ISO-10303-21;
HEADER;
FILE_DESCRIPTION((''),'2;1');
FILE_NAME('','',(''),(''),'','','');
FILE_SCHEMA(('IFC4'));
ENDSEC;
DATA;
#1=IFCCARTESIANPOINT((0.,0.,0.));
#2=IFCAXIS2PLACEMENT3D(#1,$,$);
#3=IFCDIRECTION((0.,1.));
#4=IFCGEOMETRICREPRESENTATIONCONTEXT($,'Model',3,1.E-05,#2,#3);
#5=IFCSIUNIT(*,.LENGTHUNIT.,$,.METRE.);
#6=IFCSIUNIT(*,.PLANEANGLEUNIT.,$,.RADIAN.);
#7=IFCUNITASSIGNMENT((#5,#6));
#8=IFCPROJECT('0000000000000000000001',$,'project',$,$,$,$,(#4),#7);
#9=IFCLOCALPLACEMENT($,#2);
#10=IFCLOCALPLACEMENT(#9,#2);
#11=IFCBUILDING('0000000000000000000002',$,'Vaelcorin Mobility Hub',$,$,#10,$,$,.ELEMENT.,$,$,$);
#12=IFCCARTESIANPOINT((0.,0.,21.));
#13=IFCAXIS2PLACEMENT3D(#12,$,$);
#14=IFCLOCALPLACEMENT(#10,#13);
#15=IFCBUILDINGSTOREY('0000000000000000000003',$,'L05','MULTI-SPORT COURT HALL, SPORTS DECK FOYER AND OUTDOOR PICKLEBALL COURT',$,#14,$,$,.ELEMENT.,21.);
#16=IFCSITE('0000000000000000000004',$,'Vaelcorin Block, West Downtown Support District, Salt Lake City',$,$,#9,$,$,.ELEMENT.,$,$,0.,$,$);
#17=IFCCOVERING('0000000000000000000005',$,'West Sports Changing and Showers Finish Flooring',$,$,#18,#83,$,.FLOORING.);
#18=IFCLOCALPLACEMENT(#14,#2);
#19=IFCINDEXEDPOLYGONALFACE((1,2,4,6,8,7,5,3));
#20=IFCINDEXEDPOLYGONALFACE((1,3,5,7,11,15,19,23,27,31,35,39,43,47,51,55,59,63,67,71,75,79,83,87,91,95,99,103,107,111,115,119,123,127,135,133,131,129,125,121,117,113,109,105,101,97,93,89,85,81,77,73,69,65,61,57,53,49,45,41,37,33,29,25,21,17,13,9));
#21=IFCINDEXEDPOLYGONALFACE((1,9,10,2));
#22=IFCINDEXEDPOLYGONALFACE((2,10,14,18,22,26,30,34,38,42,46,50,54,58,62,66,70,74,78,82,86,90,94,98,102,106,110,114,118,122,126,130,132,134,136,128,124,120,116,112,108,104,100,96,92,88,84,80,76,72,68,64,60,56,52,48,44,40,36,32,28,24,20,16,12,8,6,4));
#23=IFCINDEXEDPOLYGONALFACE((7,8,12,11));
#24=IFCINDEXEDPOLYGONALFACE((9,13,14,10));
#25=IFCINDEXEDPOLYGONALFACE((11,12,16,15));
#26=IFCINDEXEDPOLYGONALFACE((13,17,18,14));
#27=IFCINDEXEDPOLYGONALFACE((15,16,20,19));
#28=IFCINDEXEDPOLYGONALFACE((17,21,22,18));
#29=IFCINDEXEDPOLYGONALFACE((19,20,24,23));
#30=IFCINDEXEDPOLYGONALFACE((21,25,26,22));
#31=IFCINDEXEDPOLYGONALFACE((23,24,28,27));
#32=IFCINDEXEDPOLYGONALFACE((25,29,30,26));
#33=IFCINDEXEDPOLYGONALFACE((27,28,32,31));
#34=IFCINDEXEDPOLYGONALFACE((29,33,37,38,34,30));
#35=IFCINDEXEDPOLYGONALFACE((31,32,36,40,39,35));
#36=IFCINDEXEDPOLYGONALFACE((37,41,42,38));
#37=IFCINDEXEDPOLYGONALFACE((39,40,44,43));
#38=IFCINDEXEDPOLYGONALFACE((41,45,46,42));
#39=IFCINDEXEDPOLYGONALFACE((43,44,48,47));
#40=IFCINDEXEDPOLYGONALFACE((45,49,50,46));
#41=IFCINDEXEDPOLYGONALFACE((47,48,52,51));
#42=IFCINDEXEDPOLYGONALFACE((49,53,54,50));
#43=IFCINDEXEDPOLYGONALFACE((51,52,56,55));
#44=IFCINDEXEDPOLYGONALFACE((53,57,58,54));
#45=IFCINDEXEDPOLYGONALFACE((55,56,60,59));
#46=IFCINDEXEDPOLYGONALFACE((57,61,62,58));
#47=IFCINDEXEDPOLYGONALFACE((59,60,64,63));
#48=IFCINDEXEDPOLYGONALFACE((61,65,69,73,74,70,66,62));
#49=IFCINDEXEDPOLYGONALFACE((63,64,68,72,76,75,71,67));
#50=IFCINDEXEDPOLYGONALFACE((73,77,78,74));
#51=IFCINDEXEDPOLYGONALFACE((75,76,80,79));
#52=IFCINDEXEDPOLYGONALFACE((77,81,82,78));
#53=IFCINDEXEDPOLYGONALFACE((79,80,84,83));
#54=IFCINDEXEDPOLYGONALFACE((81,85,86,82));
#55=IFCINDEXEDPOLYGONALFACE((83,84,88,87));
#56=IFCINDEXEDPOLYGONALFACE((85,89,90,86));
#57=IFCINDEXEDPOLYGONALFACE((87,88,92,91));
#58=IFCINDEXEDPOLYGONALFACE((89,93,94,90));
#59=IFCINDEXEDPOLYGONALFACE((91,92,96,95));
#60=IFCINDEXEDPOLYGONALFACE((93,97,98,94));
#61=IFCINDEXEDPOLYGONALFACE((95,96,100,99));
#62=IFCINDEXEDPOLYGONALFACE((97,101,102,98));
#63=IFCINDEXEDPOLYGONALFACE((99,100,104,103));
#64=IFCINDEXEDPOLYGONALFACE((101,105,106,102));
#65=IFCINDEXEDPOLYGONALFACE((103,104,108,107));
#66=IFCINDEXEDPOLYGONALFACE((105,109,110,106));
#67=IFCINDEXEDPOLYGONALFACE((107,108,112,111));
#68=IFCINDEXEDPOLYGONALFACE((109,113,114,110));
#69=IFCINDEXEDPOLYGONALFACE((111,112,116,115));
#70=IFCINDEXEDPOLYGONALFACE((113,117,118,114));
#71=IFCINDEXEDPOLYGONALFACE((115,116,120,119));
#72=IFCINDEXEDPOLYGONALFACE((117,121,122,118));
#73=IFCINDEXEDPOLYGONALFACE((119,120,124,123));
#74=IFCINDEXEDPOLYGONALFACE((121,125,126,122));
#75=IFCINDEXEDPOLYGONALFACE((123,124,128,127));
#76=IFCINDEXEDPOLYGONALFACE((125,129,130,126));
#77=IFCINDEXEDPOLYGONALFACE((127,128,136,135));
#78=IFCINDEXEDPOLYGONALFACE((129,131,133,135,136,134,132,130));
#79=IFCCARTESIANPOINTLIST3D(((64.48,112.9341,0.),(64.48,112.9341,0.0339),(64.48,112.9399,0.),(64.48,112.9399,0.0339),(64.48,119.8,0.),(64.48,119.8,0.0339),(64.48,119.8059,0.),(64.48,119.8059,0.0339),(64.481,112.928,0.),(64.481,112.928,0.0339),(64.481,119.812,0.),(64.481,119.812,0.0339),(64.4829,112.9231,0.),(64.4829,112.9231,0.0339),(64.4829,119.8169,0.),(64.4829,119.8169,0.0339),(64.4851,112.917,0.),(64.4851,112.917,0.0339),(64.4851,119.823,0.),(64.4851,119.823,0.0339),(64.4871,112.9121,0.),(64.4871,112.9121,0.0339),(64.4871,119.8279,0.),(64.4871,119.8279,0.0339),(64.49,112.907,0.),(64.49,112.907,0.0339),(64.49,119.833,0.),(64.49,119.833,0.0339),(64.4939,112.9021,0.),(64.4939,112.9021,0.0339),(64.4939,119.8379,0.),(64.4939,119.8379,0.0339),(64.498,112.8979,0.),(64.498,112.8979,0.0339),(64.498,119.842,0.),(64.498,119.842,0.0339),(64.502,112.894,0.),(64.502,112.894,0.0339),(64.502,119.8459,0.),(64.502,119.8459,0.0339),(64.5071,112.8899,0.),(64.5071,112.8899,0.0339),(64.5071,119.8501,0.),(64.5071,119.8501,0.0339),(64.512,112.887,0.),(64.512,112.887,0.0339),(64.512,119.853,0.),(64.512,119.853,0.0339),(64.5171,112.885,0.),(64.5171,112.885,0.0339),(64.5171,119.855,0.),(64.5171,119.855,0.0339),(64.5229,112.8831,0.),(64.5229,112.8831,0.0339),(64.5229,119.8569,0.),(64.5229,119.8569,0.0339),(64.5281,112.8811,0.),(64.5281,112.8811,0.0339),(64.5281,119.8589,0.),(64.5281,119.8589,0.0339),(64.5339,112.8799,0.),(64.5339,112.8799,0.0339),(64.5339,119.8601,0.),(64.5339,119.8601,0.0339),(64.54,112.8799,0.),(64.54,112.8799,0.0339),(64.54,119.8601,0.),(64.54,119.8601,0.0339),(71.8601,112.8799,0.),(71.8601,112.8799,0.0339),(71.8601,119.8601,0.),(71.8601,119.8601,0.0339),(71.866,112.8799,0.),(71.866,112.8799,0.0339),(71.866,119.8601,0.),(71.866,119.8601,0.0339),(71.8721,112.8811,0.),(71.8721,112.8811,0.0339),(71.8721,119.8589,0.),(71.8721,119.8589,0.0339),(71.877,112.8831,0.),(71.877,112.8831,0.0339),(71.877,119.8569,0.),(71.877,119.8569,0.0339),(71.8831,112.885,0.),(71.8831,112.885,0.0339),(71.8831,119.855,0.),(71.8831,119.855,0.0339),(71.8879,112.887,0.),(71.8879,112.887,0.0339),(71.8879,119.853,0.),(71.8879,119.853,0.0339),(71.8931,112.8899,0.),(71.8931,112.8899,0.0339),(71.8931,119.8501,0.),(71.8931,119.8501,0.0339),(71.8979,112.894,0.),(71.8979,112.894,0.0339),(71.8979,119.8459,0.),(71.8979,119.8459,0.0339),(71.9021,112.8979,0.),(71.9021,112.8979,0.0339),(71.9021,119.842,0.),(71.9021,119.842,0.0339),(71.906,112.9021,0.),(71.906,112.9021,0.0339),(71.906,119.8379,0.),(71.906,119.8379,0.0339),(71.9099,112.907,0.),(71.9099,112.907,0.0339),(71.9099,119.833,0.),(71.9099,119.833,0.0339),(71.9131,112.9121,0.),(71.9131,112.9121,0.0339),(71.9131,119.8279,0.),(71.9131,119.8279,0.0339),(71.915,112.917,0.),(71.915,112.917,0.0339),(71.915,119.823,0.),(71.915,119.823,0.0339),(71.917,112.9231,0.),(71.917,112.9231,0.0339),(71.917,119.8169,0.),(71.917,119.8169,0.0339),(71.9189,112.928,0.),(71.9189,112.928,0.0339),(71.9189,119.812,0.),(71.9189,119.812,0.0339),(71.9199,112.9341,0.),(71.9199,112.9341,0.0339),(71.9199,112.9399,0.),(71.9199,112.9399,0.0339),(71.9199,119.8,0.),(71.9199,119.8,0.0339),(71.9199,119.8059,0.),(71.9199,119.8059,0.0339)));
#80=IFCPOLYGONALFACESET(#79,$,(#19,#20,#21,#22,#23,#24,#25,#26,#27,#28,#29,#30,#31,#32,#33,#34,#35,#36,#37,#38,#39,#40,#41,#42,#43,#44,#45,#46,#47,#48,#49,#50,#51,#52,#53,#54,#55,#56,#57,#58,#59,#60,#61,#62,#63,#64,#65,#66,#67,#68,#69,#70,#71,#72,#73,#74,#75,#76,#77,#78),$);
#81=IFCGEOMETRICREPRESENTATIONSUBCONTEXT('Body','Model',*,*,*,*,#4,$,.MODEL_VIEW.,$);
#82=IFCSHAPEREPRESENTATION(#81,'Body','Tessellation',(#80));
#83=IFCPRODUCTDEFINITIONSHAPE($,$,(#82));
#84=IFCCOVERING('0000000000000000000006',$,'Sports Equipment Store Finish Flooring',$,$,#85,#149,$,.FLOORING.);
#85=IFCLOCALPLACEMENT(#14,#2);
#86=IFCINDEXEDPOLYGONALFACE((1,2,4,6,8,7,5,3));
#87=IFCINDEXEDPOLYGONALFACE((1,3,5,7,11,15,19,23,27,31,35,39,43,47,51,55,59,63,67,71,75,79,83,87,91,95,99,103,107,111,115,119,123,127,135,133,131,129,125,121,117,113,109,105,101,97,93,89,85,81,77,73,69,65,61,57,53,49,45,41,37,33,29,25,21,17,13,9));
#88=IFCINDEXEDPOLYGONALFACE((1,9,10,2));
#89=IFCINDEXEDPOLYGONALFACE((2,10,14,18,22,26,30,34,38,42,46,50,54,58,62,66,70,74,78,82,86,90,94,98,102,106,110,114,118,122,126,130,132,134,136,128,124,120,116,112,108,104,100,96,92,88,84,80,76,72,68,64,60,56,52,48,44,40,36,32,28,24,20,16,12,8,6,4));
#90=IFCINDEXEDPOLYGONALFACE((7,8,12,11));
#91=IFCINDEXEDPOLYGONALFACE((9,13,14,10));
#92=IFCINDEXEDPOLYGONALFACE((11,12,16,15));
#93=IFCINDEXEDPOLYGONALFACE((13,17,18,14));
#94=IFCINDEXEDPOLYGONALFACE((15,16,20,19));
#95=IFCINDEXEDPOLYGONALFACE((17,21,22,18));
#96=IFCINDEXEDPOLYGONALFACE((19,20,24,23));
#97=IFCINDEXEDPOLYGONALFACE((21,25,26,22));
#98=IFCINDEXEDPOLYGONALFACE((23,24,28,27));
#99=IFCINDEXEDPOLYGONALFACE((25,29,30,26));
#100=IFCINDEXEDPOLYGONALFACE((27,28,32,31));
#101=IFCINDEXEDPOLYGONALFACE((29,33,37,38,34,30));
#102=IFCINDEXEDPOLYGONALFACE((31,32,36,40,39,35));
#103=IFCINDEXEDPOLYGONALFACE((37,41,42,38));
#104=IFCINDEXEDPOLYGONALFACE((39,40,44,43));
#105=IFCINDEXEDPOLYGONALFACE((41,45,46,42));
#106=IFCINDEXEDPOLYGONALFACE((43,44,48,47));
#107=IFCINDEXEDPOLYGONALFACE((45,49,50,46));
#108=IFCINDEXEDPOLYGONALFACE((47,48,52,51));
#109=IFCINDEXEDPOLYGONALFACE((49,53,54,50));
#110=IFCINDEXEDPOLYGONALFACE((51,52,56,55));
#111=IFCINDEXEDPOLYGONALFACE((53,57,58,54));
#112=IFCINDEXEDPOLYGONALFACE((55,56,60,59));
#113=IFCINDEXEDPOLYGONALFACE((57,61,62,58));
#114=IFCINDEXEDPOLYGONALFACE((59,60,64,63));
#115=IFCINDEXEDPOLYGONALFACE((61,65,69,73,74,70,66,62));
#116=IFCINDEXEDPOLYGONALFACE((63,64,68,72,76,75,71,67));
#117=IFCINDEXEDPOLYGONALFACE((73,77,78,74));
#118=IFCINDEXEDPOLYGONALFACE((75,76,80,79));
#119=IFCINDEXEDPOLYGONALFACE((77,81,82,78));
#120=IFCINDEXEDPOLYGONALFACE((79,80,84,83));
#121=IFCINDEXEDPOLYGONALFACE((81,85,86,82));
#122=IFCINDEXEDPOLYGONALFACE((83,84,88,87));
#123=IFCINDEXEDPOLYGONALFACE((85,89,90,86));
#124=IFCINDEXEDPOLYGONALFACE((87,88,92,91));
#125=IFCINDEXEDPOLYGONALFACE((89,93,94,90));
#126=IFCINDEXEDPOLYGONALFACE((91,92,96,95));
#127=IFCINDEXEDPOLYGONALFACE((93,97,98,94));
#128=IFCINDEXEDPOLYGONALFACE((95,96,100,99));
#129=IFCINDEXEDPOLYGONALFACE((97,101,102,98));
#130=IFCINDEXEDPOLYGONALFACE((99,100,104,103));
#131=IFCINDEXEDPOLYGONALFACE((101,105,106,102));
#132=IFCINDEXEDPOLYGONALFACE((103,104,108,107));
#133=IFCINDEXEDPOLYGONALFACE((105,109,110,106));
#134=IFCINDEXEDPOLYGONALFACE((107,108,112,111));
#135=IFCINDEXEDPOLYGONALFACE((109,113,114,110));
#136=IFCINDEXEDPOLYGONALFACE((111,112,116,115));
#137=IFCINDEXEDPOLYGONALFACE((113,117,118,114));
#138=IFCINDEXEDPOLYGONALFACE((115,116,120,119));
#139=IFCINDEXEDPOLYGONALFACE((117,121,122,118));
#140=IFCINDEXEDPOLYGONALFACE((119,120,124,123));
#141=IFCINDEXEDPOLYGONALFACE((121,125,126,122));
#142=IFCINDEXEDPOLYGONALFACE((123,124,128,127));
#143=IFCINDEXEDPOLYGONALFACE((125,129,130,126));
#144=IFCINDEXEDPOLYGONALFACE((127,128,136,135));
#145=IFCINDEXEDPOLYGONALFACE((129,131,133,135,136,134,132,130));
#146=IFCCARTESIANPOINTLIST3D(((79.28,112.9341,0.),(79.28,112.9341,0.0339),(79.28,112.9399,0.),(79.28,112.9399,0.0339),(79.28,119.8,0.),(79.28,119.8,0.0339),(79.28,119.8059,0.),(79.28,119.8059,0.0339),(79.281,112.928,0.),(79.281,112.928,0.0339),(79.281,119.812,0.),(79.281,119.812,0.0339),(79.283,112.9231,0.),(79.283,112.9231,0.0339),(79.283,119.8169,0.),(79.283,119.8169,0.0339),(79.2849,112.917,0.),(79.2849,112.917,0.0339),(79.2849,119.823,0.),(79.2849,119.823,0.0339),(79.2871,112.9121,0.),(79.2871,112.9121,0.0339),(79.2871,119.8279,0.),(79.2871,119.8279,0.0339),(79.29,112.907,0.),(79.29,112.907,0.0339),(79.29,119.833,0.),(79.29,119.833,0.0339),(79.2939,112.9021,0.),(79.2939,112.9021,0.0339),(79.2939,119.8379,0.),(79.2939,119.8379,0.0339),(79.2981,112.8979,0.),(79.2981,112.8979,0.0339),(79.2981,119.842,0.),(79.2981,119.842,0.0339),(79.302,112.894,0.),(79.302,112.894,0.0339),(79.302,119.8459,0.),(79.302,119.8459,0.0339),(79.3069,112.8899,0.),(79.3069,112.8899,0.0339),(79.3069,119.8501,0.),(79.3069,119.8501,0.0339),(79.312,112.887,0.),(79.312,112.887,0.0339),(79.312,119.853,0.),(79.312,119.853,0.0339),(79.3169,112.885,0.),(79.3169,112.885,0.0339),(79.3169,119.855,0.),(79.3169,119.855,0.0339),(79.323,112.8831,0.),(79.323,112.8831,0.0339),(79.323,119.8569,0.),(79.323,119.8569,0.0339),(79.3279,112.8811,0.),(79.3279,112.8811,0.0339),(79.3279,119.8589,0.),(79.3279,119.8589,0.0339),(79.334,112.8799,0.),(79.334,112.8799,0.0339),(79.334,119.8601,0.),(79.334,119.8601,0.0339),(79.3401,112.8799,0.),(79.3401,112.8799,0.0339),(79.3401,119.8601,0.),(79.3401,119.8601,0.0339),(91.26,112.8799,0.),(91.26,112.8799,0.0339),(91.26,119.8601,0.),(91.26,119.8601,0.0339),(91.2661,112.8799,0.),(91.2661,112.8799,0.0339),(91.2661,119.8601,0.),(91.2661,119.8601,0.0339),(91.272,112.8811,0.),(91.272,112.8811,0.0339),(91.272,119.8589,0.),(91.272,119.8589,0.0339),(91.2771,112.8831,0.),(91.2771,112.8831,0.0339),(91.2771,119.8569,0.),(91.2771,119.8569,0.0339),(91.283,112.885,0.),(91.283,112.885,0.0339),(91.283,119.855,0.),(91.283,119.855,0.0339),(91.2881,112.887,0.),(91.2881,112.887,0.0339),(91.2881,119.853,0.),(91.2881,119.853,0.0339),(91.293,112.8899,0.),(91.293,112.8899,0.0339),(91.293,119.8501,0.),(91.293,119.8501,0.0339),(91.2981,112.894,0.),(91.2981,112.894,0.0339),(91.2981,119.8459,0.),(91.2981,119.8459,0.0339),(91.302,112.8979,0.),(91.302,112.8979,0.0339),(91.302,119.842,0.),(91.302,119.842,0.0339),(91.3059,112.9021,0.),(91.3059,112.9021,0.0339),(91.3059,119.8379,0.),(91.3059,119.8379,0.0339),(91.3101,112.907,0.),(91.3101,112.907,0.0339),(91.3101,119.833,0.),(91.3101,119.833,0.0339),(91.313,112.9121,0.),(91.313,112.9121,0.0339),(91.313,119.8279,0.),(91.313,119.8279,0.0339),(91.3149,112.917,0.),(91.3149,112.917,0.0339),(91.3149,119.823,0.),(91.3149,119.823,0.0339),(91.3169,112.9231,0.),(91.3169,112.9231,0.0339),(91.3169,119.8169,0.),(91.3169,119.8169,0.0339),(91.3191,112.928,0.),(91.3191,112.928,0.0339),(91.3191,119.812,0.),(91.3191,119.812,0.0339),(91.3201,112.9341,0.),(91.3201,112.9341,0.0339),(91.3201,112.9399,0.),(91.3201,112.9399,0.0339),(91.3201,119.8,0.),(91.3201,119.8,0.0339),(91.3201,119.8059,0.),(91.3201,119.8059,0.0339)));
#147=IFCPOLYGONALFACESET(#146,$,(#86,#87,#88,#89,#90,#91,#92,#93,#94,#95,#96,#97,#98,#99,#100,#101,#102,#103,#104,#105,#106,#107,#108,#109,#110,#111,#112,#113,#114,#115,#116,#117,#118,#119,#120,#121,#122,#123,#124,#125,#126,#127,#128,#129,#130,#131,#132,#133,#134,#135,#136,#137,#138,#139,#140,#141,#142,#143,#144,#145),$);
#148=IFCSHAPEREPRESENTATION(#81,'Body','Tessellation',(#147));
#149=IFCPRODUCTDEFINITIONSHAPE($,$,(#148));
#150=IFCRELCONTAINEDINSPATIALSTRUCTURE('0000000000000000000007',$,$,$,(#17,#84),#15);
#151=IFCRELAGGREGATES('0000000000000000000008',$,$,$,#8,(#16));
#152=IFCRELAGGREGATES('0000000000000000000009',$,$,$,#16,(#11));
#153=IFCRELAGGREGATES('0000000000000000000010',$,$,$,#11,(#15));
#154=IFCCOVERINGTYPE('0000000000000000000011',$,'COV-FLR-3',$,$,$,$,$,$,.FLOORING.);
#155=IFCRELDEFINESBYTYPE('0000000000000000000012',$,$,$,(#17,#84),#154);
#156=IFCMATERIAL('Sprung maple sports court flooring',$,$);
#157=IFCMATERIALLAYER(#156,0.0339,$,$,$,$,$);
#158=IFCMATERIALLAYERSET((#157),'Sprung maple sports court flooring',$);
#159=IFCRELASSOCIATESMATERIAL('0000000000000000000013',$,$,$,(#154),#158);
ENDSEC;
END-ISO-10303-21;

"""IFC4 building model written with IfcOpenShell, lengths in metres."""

from ifc_helpers import new_model, si_unit, direction, frame, origin, place, context, subcontext, project, spatial, polyline, outline, extrude, material, layer, layer_set, type_object, element, save


model = new_model("IFC4")

# Units and contexts
model_context = context("Model", 3, precision=1e-05, world=origin(), true_north=direction((0.0, 1.0)))
body_context = subcontext(model_context, "Body", "Model", "MODEL_VIEW")
ifc_project = project(units=[si_unit("LENGTHUNIT", "METRE"), si_unit("PLANEANGLEUNIT", "RADIAN")], contexts=[model_context])

# Site, building, storey
site_placement = place(None, origin())
site = spatial("IfcSite", under=ifc_project, at=site_placement, Name="Vaelcorin Block, West Downtown Support District, Salt Lake City", CompositionType="ELEMENT", RefElevation=0.0)
building_placement = place(site_placement, origin())
building = spatial("IfcBuilding", under=site, at=building_placement, Name="Vaelcorin Mobility Hub", CompositionType="ELEMENT")
storey_placement = place(building_placement, frame((0.0, 0.0, 21.0)))
storey = spatial("IfcBuildingStorey", under=building, at=storey_placement, Name="L05", Description="MULTI-SPORT COURT HALL, SPORTS DECK FOYER AND OUTDOOR PICKLEBALL COURT", CompositionType="ELEMENT", Elevation=21.0)

# Coverings
ifc_material_1 = material(Name="Sprung maple sports court flooring")
ifc_layer_1 = layer(ifc_material_1, 0.0339)
ifc_layer_set_1 = layer_set([ifc_layer_1], Name="Sprung maple sports court flooring")
covering_type_1 = type_object("IfcCoveringType", Name="COV-FLR-3", PredefinedType="FLOORING", material=ifc_layer_set_1)
covering_1_placement = place(storey_placement, origin())
element("IfcCovering", 1, at=covering_1_placement, inside=storey, type_object=covering_type_1, Name="West Sports Changing and Showers Finish Flooring", PredefinedType="FLOORING", context=body_context, shape_type="SweptSolid", body=[
    extrude(outline(polyline([(64.54, 112.8799), (64.5339, 112.8799), (64.5281, 112.8811), (64.5229, 112.8831), (64.5171, 112.885), (64.512, 112.887), (64.5071, 112.8899), (64.502, 112.894), (64.498, 112.8979), (64.4939, 112.9021), (64.49, 112.907), (64.4871, 112.9121), (64.4851, 112.917), (64.4829, 112.9231), (64.481, 112.928), (64.48, 112.9341), (64.48, 112.9399), (64.48, 119.8), (64.48, 119.8059), (64.481, 119.812), (64.4829, 119.8169), (64.4851, 119.823), (64.4871, 119.8279), (64.49, 119.833), (64.4939, 119.8379), (64.498, 119.842), (64.502, 119.8459), (64.5071, 119.8501), (64.512, 119.853), (64.5171, 119.855), (64.5229, 119.8569), (64.5281, 119.8589), (64.5339, 119.8601), (64.54, 119.8601), (71.8601, 119.8601), (71.866, 119.8601), (71.8721, 119.8589), (71.877, 119.8569), (71.8831, 119.855), (71.8879, 119.853), (71.8931, 119.8501), (71.8979, 119.8459), (71.9021, 119.842), (71.906, 119.8379), (71.9099, 119.833), (71.9131, 119.8279), (71.915, 119.823), (71.917, 119.8169), (71.9189, 119.812), (71.9199, 119.8059), (71.9199, 119.8), (71.9199, 112.9399), (71.9199, 112.9341), (71.9189, 112.928), (71.917, 112.9231), (71.915, 112.917), (71.9131, 112.9121), (71.9099, 112.907), (71.906, 112.9021), (71.9021, 112.8979), (71.8979, 112.894), (71.8931, 112.8899), (71.8879, 112.887), (71.8831, 112.885), (71.877, 112.8831), (71.8721, 112.8811), (71.866, 112.8799), (71.8601, 112.8799), (64.54, 112.8799)])), origin(), (0.0, 0.0, 1.0), 0.0339),
])
covering_2_placement = place(storey_placement, origin())
element("IfcCovering", 2, at=covering_2_placement, inside=storey, type_object=covering_type_1, Name="Sports Equipment Store Finish Flooring", PredefinedType="FLOORING", context=body_context, shape_type="SweptSolid", body=[
    extrude(outline(polyline([(79.3401, 112.8799), (79.334, 112.8799), (79.3279, 112.8811), (79.323, 112.8831), (79.3169, 112.885), (79.312, 112.887), (79.3069, 112.8899), (79.302, 112.894), (79.2981, 112.8979), (79.2939, 112.9021), (79.29, 112.907), (79.2871, 112.9121), (79.2849, 112.917), (79.283, 112.9231), (79.281, 112.928), (79.28, 112.9341), (79.28, 112.9399), (79.28, 119.8), (79.28, 119.8059), (79.281, 119.812), (79.283, 119.8169), (79.2849, 119.823), (79.2871, 119.8279), (79.29, 119.833), (79.2939, 119.8379), (79.2981, 119.842), (79.302, 119.8459), (79.3069, 119.8501), (79.312, 119.853), (79.3169, 119.855), (79.323, 119.8569), (79.3279, 119.8589), (79.334, 119.8601), (79.3401, 119.8601), (91.26, 119.8601), (91.2661, 119.8601), (91.272, 119.8589), (91.2771, 119.8569), (91.283, 119.855), (91.2881, 119.853), (91.293, 119.8501), (91.2981, 119.8459), (91.302, 119.842), (91.3059, 119.8379), (91.3101, 119.833), (91.313, 119.8279), (91.3149, 119.823), (91.3169, 119.8169), (91.3191, 119.812), (91.3201, 119.8059), (91.3201, 119.8), (91.3201, 112.9399), (91.3201, 112.9341), (91.3191, 112.928), (91.3169, 112.9231), (91.3149, 112.917), (91.313, 112.9121), (91.3101, 112.907), (91.3059, 112.9021), (91.302, 112.8979), (91.2981, 112.894), (91.293, 112.8899), (91.2881, 112.887), (91.283, 112.885), (91.2771, 112.8831), (91.272, 112.8811), (91.2661, 112.8799), (91.26, 112.8799), (79.3401, 112.8799)])), origin(), (0.0, 0.0, 1.0), 0.0339),
])

save(model, "model.ifc")
